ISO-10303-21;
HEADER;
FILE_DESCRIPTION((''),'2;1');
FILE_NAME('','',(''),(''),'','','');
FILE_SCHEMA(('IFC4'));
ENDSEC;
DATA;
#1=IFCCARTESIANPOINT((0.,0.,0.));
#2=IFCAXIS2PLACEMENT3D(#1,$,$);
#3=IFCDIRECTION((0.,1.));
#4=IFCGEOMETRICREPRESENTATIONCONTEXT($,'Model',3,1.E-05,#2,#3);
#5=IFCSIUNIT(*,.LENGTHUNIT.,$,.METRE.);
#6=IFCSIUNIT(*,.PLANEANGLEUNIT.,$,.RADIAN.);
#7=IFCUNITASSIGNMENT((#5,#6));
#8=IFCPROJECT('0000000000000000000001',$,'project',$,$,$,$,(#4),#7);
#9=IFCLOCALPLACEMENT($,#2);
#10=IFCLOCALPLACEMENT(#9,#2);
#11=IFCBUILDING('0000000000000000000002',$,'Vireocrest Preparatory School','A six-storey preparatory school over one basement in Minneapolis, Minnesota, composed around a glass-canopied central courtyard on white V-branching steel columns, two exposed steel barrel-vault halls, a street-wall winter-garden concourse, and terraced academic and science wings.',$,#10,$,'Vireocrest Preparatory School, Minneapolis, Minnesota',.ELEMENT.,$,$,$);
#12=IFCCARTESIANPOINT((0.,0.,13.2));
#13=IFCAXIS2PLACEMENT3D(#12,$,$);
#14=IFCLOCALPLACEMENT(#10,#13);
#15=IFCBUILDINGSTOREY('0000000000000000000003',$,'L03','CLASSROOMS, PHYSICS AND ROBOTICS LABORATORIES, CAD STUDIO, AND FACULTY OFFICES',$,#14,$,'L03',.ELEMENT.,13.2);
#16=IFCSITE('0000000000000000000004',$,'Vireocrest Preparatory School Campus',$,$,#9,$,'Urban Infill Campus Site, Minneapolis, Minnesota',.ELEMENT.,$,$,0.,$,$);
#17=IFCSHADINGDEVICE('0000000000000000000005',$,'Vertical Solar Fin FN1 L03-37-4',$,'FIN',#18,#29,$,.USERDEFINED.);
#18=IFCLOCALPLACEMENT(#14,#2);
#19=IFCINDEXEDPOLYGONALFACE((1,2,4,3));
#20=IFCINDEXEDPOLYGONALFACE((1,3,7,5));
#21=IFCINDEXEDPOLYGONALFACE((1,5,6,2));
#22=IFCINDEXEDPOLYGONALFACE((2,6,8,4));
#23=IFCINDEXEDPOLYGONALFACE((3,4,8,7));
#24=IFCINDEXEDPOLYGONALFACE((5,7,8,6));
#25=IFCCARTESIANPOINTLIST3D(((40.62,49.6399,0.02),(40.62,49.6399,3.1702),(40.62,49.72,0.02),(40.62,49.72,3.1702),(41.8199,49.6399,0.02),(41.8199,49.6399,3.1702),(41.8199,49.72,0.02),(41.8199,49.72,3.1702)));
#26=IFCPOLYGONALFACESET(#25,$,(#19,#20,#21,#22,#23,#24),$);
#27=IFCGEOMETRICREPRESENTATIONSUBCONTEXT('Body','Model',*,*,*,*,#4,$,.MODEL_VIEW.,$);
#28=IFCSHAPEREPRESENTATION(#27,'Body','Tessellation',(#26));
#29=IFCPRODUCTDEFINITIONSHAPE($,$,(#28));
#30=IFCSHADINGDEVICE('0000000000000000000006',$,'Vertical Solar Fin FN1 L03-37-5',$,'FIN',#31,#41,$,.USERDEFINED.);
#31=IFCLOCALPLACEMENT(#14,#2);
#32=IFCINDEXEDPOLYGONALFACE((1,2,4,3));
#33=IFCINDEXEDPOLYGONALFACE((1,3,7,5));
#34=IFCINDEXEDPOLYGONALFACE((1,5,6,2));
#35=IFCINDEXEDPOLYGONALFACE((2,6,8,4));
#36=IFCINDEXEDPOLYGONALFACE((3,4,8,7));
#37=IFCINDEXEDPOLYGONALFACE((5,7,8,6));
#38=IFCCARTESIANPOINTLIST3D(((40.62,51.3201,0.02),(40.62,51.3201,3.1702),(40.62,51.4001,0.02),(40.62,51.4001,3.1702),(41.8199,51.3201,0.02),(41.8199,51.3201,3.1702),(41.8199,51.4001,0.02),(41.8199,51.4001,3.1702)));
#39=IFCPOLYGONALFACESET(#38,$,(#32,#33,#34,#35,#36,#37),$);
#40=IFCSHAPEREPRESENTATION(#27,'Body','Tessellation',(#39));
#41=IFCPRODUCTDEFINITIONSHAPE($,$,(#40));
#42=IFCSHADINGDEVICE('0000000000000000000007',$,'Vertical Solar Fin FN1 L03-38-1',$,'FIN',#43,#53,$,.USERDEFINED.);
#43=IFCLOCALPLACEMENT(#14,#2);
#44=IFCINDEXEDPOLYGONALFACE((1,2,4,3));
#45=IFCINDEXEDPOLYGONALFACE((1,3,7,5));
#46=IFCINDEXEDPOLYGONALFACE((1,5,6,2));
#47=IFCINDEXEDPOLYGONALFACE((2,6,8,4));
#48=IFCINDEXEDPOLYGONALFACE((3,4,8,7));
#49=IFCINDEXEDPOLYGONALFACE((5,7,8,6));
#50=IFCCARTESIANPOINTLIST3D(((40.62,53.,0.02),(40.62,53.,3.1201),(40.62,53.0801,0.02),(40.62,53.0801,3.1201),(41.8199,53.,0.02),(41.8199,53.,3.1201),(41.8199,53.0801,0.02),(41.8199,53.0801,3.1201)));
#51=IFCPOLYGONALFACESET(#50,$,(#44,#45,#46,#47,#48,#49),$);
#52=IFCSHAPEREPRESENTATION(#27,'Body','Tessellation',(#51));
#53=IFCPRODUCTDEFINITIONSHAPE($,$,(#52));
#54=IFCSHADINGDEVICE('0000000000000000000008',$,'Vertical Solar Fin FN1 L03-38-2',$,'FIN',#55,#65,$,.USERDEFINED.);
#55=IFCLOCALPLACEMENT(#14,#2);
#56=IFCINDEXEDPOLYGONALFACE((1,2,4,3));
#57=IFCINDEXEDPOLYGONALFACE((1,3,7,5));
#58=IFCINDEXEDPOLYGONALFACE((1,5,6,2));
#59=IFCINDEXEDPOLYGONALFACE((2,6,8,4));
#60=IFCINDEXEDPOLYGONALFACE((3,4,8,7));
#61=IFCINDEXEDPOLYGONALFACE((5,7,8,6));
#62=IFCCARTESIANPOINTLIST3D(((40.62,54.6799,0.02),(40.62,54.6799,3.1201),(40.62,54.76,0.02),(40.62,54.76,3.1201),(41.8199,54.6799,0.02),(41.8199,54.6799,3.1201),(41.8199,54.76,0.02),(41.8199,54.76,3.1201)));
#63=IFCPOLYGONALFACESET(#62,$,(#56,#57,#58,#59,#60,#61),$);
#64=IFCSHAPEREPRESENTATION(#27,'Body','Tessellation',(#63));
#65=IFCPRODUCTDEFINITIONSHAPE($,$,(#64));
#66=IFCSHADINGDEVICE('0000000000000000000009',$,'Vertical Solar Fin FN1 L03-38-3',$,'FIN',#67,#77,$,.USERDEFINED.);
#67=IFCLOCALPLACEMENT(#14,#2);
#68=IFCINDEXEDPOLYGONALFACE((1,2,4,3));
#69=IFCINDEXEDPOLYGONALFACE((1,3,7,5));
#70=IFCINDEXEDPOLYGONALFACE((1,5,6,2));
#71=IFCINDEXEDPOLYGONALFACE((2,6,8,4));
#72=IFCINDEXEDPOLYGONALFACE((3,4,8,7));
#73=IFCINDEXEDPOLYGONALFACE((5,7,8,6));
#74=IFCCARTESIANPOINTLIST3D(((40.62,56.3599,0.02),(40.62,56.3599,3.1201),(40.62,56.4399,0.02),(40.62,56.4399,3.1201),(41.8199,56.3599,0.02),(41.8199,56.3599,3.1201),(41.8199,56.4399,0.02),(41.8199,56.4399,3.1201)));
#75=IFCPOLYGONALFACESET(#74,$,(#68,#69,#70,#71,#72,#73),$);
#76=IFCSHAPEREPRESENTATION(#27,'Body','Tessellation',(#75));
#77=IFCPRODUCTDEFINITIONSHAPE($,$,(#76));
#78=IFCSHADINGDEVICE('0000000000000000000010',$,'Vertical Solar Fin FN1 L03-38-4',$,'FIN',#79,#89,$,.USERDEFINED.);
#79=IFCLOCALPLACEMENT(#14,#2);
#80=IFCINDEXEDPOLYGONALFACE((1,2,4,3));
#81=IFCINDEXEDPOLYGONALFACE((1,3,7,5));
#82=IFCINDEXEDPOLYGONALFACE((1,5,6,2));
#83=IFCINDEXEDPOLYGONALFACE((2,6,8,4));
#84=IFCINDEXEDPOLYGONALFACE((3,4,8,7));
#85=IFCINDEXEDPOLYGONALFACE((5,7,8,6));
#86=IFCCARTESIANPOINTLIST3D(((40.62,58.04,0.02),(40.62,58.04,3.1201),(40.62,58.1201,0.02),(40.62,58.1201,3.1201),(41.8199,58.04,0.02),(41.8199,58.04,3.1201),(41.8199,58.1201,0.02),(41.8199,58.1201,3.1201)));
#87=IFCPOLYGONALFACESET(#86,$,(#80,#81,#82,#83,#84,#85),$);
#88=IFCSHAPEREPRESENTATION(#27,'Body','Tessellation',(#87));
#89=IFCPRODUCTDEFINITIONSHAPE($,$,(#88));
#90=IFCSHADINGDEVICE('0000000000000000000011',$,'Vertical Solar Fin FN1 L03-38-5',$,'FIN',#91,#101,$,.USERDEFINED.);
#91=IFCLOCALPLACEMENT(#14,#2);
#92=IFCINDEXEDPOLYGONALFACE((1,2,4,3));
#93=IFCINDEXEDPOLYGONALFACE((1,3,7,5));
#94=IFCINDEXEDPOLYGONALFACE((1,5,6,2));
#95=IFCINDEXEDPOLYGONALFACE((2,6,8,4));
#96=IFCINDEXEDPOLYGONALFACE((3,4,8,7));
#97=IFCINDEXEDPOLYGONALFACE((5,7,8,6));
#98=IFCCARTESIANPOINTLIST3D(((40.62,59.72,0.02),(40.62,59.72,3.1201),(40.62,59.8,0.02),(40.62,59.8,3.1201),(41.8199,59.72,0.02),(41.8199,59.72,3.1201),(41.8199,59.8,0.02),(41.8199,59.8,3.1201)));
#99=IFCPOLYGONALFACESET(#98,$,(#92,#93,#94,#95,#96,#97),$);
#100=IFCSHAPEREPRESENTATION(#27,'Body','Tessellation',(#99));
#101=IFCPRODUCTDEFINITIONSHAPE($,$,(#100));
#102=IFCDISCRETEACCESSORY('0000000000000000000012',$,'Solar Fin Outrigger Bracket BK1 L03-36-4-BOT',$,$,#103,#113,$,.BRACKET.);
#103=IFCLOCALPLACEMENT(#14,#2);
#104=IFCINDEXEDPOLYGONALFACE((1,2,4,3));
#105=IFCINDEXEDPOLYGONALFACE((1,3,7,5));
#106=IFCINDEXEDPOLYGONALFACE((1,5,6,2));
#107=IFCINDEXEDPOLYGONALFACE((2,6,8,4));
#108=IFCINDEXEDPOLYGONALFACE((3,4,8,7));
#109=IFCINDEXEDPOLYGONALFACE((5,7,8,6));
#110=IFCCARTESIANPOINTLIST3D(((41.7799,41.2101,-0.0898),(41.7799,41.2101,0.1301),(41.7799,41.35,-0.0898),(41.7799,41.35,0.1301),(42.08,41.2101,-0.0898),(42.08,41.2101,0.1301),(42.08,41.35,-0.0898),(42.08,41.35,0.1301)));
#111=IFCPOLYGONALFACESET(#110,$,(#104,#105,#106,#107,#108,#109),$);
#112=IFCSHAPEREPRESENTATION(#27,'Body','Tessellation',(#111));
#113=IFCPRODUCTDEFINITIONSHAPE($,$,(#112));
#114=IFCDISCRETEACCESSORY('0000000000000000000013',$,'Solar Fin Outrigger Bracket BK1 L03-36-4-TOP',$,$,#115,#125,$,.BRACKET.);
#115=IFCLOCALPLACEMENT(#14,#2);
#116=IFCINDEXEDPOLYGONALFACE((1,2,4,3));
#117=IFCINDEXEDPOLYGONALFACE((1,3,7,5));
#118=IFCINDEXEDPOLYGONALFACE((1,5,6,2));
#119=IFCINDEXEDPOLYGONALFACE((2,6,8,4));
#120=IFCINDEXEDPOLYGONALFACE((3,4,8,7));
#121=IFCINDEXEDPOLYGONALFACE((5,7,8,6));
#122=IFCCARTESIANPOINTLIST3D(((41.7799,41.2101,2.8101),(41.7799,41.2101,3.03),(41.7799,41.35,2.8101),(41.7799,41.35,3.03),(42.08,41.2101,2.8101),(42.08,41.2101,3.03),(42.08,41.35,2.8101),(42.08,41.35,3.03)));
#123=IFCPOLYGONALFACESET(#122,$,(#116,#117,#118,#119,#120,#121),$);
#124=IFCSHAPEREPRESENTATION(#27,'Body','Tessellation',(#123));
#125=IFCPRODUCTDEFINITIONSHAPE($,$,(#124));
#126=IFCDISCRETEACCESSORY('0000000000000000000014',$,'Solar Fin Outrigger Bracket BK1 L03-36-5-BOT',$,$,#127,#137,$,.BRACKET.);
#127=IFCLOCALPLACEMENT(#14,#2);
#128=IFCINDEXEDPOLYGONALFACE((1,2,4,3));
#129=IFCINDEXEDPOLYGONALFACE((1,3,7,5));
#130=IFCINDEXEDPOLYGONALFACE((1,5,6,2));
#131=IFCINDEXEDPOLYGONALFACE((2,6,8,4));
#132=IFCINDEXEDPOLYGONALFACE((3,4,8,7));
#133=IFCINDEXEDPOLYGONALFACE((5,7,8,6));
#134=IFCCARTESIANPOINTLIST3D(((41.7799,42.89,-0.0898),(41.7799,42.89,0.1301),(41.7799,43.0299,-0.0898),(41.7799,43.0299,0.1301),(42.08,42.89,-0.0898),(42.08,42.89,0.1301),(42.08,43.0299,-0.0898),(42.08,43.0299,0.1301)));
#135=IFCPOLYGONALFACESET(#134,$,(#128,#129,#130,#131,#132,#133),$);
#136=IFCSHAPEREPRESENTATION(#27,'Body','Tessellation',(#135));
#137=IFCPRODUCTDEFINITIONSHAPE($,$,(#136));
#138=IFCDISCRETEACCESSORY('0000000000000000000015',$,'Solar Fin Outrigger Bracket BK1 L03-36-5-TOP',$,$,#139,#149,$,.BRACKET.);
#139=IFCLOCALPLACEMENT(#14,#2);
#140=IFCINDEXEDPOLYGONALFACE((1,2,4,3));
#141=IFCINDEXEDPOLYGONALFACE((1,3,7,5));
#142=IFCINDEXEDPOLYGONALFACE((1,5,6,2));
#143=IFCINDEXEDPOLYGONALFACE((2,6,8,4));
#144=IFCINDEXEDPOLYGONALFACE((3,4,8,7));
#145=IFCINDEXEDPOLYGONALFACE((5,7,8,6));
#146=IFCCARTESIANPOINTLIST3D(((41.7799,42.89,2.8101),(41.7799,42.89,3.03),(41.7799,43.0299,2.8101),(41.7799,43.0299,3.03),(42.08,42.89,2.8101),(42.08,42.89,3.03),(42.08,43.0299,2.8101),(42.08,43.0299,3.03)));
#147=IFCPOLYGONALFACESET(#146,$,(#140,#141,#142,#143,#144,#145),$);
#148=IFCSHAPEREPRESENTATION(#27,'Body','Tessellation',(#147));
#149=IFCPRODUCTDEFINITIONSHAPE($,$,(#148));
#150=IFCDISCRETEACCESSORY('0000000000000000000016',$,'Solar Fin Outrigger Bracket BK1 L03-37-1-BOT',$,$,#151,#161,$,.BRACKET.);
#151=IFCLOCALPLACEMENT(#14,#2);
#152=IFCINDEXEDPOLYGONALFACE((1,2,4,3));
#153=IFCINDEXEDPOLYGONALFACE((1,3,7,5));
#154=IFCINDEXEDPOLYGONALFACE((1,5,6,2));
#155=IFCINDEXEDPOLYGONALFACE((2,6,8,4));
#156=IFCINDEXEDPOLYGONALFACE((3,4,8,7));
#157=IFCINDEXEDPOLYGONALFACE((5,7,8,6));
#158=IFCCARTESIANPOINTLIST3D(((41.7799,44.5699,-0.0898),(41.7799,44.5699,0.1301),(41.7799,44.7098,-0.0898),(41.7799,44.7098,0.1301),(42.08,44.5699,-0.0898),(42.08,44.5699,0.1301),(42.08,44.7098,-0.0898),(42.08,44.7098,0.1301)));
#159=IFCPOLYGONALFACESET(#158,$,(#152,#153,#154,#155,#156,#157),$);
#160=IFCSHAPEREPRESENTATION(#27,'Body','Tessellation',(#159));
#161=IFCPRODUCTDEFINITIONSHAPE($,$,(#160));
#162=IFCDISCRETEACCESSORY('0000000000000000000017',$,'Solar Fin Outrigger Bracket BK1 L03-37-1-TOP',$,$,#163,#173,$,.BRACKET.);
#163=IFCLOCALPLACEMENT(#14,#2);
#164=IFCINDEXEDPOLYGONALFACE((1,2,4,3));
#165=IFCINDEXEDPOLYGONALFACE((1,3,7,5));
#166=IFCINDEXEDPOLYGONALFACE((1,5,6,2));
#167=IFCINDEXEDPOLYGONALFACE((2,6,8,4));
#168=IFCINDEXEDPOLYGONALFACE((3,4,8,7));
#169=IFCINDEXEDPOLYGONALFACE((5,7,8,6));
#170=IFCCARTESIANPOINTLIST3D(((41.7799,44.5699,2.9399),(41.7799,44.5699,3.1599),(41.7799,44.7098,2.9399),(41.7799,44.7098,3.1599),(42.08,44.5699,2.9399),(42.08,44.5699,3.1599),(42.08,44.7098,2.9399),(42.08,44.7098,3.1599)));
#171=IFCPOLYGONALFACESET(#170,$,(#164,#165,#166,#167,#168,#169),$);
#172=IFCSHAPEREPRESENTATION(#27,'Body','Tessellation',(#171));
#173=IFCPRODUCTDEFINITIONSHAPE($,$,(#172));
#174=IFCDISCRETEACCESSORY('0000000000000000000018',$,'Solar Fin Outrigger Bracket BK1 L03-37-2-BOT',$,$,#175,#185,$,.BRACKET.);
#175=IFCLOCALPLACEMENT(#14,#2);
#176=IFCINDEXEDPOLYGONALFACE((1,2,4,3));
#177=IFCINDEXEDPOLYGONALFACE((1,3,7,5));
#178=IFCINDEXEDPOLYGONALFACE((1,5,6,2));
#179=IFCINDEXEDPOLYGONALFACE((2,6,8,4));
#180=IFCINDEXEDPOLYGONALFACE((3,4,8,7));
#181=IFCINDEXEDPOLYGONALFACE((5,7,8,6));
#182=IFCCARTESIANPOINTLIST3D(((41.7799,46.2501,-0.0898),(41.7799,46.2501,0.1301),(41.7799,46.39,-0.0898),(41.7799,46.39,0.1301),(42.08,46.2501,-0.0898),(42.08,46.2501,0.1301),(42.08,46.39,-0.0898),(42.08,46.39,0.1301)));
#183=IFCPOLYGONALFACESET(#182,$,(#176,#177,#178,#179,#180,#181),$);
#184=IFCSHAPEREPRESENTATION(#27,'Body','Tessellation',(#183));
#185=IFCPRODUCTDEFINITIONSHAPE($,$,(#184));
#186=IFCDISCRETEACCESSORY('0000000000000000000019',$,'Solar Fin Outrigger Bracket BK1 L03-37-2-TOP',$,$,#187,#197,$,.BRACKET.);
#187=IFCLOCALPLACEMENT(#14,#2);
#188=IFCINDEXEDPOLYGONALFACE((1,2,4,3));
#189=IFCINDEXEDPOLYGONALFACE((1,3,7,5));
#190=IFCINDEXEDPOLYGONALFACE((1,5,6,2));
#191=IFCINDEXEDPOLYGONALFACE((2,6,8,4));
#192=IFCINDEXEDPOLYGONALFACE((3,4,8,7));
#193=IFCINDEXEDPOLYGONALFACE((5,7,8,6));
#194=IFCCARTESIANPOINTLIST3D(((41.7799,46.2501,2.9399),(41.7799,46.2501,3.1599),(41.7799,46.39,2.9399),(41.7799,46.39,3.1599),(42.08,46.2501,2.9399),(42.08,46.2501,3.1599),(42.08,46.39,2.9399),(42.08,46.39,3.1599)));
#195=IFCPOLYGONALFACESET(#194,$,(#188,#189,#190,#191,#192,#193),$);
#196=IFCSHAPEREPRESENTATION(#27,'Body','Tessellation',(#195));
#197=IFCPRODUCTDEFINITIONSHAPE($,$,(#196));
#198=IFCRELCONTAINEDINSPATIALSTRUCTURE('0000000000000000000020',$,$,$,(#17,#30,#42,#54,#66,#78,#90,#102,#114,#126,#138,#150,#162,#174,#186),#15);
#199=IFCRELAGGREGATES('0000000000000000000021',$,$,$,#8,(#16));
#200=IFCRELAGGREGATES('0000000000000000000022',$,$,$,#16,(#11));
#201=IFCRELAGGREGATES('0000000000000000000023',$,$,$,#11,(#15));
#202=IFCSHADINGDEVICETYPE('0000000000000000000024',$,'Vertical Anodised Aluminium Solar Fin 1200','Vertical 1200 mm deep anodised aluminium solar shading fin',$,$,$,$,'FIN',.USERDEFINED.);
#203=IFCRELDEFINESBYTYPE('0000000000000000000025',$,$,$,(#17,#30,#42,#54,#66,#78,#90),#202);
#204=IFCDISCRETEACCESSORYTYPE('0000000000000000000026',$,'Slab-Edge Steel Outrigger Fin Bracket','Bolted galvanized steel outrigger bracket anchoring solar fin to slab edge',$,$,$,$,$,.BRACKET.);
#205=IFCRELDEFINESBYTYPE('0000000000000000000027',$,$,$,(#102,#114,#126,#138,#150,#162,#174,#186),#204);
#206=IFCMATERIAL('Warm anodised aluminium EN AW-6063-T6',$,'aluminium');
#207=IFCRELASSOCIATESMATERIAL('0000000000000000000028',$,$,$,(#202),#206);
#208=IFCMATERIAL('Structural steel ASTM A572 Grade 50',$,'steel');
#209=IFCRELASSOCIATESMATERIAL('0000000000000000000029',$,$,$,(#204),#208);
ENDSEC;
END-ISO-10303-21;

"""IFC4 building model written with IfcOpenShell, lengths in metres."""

from ifc_helpers import new_model, si_unit, direction, frame, origin, origin_2d, place, context, subcontext, project, spatial, rectangle, extrude, material, material_profile, profile_set, type_object, element, save


model = new_model("IFC4")

# Units and contexts
model_context = context("Model", 3, precision=1e-05, world=origin(), true_north=direction((0.0, 1.0)))
body_context = subcontext(model_context, "Body", "Model", "MODEL_VIEW")
ifc_project = project(units=[si_unit("LENGTHUNIT", "METRE"), si_unit("PLANEANGLEUNIT", "RADIAN")], contexts=[model_context])

# Site, building, storey
site_placement = place(None, origin())
site = spatial("IfcSite", under=ifc_project, at=site_placement, Name="Vireocrest Preparatory School Campus", LongName="Urban Infill Campus Site, Minneapolis, Minnesota", CompositionType="ELEMENT", RefElevation=0.0)
building_placement = place(site_placement, origin())
building = spatial("IfcBuilding", under=site, at=building_placement, Name="Vireocrest Preparatory School", Description="A six-storey preparatory school over one basement in Minneapolis, Minnesota, composed around a glass-canopied central courtyard on white V-branching steel columns, two exposed steel barrel-vault halls, a street-wall winter-garden concourse, and terraced academic and science wings.", LongName="Vireocrest Preparatory School, Minneapolis, Minnesota", CompositionType="ELEMENT")
storey_placement = place(building_placement, frame((0.0, 0.0, 13.2)))
storey = spatial("IfcBuildingStorey", under=building, at=storey_placement, Name="L03", Description="CLASSROOMS, PHYSICS AND ROBOTICS LABORATORIES, CAD STUDIO, AND FACULTY OFFICES", LongName="L03", CompositionType="ELEMENT", Elevation=13.2)

# Shading devices
ifc_material_1 = material(Name="Warm anodised aluminium EN AW-6063-T6", Category="aluminium")
ifc_material_profile = material_profile(ifc_material_1, rectangle(XDim=0.0801, YDim=1.2, at=origin_2d()), Name="FIN 80x1200")
ifc_profile_set = profile_set([ifc_material_profile], Name="Warm anodised aluminium EN AW-6063-T6")
shading_device_type = type_object("IfcShadingDeviceType", Name="Vertical Anodised Aluminium Solar Fin 1200", Description="Vertical 1200 mm deep anodised aluminium solar shading fin", ElementType="FIN", PredefinedType="USERDEFINED", material=ifc_profile_set)
for number, where, z_axis, x_axis, name in (
    (1, (41.22, 49.6799, 0.02), (0.0, 0.0, 1.0), (0.0, 1.0, 0.0), "Vertical Solar Fin FN1 L03-37-4"),
    (2, (41.22, 51.3601, 0.02), (0.0, 0.0, 1.0), (0.0, 1.0, 0.0), "Vertical Solar Fin FN1 L03-37-5"),
):
    element("IfcShadingDevice", number, at=place(storey_placement, frame(where, z_axis=z_axis, x_axis=x_axis)), inside=storey, type_object=shading_device_type, Name=name, ObjectType="FIN", PredefinedType="USERDEFINED", context=body_context, shape_type="SweptSolid", body=[
        extrude(rectangle(XDim=0.0801, YDim=1.2, at=origin_2d()), origin(), (0.0, 0.0, 1.0), 3.1501),
    ])
for number, where, z_axis, x_axis, name in (
    (3, (41.22, 53.04, 0.02), (0.0, 0.0, 1.0), (0.0, 1.0, 0.0), "Vertical Solar Fin FN1 L03-38-1"),
    (4, (41.22, 54.72, 0.02), (0.0, 0.0, 1.0), (0.0, 1.0, 0.0), "Vertical Solar Fin FN1 L03-38-2"),
    (5, (41.22, 56.3999, 0.02), (0.0, 0.0, 1.0), (0.0, 1.0, 0.0), "Vertical Solar Fin FN1 L03-38-3"),
    (6, (41.22, 58.0801, 0.02), (0.0, 0.0, 1.0), (0.0, 1.0, 0.0), "Vertical Solar Fin FN1 L03-38-4"),
    (7, (41.22, 59.76, 0.02), (0.0, 0.0, 1.0), (0.0, 1.0, 0.0), "Vertical Solar Fin FN1 L03-38-5"),
):
    element("IfcShadingDevice", number, at=place(storey_placement, frame(where, z_axis=z_axis, x_axis=x_axis)), inside=storey, type_object=shading_device_type, Name=name, ObjectType="FIN", PredefinedType="USERDEFINED", context=body_context, shape_type="SweptSolid", body=[
        extrude(rectangle(XDim=0.0801, YDim=1.2, at=origin_2d()), origin(), (0.0, 0.0, 1.0), 3.1001),
    ])

# Discrete accessories
ifc_material_2 = material(Name="Structural steel ASTM A572 Grade 50", Category="steel")
discrete_accessory_type = type_object("IfcDiscreteAccessoryType", Name="Slab-Edge Steel Outrigger Fin Bracket", Description="Bolted galvanized steel outrigger bracket anchoring solar fin to slab edge", PredefinedType="BRACKET", material=ifc_material_2)
for number, where, z_axis, x_axis, name in (
    (8, (41.9299, 41.28, -0.0898), (0.0, 0.0, 1.0), (0.0, 1.0, 0.0), "Solar Fin Outrigger Bracket BK1 L03-36-4-BOT"),
    (9, (41.9299, 41.28, 2.8101), (0.0, 0.0, 1.0), (0.0, 1.0, 0.0), "Solar Fin Outrigger Bracket BK1 L03-36-4-TOP"),
    (10, (41.9299, 42.96, -0.0898), (0.0, 0.0, 1.0), (0.0, 1.0, 0.0), "Solar Fin Outrigger Bracket BK1 L03-36-5-BOT"),
    (11, (41.9299, 42.96, 2.8101), (0.0, 0.0, 1.0), (0.0, 1.0, 0.0), "Solar Fin Outrigger Bracket BK1 L03-36-5-TOP"),
    (12, (41.9299, 44.6399, -0.0898), (0.0, 0.0, 1.0), (0.0, 1.0, 0.0), "Solar Fin Outrigger Bracket BK1 L03-37-1-BOT"),
    (13, (41.9299, 44.6399, 2.9399), (0.0, 0.0, 1.0), (0.0, 1.0, 0.0), "Solar Fin Outrigger Bracket BK1 L03-37-1-TOP"),
    (14, (41.9299, 46.3201, -0.0898), (0.0, 0.0, 1.0), (0.0, 1.0, 0.0), "Solar Fin Outrigger Bracket BK1 L03-37-2-BOT"),
    (15, (41.9299, 46.3201, 2.9399), (0.0, 0.0, 1.0), (0.0, 1.0, 0.0), "Solar Fin Outrigger Bracket BK1 L03-37-2-TOP"),
):
    element("IfcDiscreteAccessory", number, at=place(storey_placement, frame(where, z_axis=z_axis, x_axis=x_axis)), inside=storey, type_object=discrete_accessory_type, Name=name, PredefinedType="BRACKET", context=body_context, shape_type="SweptSolid", body=[
        extrude(rectangle(XDim=0.1399, YDim=0.3, at=origin_2d()), origin(), (0.0, 0.0, 1.0), 0.22),
    ])

save(model, "model.ifc")
